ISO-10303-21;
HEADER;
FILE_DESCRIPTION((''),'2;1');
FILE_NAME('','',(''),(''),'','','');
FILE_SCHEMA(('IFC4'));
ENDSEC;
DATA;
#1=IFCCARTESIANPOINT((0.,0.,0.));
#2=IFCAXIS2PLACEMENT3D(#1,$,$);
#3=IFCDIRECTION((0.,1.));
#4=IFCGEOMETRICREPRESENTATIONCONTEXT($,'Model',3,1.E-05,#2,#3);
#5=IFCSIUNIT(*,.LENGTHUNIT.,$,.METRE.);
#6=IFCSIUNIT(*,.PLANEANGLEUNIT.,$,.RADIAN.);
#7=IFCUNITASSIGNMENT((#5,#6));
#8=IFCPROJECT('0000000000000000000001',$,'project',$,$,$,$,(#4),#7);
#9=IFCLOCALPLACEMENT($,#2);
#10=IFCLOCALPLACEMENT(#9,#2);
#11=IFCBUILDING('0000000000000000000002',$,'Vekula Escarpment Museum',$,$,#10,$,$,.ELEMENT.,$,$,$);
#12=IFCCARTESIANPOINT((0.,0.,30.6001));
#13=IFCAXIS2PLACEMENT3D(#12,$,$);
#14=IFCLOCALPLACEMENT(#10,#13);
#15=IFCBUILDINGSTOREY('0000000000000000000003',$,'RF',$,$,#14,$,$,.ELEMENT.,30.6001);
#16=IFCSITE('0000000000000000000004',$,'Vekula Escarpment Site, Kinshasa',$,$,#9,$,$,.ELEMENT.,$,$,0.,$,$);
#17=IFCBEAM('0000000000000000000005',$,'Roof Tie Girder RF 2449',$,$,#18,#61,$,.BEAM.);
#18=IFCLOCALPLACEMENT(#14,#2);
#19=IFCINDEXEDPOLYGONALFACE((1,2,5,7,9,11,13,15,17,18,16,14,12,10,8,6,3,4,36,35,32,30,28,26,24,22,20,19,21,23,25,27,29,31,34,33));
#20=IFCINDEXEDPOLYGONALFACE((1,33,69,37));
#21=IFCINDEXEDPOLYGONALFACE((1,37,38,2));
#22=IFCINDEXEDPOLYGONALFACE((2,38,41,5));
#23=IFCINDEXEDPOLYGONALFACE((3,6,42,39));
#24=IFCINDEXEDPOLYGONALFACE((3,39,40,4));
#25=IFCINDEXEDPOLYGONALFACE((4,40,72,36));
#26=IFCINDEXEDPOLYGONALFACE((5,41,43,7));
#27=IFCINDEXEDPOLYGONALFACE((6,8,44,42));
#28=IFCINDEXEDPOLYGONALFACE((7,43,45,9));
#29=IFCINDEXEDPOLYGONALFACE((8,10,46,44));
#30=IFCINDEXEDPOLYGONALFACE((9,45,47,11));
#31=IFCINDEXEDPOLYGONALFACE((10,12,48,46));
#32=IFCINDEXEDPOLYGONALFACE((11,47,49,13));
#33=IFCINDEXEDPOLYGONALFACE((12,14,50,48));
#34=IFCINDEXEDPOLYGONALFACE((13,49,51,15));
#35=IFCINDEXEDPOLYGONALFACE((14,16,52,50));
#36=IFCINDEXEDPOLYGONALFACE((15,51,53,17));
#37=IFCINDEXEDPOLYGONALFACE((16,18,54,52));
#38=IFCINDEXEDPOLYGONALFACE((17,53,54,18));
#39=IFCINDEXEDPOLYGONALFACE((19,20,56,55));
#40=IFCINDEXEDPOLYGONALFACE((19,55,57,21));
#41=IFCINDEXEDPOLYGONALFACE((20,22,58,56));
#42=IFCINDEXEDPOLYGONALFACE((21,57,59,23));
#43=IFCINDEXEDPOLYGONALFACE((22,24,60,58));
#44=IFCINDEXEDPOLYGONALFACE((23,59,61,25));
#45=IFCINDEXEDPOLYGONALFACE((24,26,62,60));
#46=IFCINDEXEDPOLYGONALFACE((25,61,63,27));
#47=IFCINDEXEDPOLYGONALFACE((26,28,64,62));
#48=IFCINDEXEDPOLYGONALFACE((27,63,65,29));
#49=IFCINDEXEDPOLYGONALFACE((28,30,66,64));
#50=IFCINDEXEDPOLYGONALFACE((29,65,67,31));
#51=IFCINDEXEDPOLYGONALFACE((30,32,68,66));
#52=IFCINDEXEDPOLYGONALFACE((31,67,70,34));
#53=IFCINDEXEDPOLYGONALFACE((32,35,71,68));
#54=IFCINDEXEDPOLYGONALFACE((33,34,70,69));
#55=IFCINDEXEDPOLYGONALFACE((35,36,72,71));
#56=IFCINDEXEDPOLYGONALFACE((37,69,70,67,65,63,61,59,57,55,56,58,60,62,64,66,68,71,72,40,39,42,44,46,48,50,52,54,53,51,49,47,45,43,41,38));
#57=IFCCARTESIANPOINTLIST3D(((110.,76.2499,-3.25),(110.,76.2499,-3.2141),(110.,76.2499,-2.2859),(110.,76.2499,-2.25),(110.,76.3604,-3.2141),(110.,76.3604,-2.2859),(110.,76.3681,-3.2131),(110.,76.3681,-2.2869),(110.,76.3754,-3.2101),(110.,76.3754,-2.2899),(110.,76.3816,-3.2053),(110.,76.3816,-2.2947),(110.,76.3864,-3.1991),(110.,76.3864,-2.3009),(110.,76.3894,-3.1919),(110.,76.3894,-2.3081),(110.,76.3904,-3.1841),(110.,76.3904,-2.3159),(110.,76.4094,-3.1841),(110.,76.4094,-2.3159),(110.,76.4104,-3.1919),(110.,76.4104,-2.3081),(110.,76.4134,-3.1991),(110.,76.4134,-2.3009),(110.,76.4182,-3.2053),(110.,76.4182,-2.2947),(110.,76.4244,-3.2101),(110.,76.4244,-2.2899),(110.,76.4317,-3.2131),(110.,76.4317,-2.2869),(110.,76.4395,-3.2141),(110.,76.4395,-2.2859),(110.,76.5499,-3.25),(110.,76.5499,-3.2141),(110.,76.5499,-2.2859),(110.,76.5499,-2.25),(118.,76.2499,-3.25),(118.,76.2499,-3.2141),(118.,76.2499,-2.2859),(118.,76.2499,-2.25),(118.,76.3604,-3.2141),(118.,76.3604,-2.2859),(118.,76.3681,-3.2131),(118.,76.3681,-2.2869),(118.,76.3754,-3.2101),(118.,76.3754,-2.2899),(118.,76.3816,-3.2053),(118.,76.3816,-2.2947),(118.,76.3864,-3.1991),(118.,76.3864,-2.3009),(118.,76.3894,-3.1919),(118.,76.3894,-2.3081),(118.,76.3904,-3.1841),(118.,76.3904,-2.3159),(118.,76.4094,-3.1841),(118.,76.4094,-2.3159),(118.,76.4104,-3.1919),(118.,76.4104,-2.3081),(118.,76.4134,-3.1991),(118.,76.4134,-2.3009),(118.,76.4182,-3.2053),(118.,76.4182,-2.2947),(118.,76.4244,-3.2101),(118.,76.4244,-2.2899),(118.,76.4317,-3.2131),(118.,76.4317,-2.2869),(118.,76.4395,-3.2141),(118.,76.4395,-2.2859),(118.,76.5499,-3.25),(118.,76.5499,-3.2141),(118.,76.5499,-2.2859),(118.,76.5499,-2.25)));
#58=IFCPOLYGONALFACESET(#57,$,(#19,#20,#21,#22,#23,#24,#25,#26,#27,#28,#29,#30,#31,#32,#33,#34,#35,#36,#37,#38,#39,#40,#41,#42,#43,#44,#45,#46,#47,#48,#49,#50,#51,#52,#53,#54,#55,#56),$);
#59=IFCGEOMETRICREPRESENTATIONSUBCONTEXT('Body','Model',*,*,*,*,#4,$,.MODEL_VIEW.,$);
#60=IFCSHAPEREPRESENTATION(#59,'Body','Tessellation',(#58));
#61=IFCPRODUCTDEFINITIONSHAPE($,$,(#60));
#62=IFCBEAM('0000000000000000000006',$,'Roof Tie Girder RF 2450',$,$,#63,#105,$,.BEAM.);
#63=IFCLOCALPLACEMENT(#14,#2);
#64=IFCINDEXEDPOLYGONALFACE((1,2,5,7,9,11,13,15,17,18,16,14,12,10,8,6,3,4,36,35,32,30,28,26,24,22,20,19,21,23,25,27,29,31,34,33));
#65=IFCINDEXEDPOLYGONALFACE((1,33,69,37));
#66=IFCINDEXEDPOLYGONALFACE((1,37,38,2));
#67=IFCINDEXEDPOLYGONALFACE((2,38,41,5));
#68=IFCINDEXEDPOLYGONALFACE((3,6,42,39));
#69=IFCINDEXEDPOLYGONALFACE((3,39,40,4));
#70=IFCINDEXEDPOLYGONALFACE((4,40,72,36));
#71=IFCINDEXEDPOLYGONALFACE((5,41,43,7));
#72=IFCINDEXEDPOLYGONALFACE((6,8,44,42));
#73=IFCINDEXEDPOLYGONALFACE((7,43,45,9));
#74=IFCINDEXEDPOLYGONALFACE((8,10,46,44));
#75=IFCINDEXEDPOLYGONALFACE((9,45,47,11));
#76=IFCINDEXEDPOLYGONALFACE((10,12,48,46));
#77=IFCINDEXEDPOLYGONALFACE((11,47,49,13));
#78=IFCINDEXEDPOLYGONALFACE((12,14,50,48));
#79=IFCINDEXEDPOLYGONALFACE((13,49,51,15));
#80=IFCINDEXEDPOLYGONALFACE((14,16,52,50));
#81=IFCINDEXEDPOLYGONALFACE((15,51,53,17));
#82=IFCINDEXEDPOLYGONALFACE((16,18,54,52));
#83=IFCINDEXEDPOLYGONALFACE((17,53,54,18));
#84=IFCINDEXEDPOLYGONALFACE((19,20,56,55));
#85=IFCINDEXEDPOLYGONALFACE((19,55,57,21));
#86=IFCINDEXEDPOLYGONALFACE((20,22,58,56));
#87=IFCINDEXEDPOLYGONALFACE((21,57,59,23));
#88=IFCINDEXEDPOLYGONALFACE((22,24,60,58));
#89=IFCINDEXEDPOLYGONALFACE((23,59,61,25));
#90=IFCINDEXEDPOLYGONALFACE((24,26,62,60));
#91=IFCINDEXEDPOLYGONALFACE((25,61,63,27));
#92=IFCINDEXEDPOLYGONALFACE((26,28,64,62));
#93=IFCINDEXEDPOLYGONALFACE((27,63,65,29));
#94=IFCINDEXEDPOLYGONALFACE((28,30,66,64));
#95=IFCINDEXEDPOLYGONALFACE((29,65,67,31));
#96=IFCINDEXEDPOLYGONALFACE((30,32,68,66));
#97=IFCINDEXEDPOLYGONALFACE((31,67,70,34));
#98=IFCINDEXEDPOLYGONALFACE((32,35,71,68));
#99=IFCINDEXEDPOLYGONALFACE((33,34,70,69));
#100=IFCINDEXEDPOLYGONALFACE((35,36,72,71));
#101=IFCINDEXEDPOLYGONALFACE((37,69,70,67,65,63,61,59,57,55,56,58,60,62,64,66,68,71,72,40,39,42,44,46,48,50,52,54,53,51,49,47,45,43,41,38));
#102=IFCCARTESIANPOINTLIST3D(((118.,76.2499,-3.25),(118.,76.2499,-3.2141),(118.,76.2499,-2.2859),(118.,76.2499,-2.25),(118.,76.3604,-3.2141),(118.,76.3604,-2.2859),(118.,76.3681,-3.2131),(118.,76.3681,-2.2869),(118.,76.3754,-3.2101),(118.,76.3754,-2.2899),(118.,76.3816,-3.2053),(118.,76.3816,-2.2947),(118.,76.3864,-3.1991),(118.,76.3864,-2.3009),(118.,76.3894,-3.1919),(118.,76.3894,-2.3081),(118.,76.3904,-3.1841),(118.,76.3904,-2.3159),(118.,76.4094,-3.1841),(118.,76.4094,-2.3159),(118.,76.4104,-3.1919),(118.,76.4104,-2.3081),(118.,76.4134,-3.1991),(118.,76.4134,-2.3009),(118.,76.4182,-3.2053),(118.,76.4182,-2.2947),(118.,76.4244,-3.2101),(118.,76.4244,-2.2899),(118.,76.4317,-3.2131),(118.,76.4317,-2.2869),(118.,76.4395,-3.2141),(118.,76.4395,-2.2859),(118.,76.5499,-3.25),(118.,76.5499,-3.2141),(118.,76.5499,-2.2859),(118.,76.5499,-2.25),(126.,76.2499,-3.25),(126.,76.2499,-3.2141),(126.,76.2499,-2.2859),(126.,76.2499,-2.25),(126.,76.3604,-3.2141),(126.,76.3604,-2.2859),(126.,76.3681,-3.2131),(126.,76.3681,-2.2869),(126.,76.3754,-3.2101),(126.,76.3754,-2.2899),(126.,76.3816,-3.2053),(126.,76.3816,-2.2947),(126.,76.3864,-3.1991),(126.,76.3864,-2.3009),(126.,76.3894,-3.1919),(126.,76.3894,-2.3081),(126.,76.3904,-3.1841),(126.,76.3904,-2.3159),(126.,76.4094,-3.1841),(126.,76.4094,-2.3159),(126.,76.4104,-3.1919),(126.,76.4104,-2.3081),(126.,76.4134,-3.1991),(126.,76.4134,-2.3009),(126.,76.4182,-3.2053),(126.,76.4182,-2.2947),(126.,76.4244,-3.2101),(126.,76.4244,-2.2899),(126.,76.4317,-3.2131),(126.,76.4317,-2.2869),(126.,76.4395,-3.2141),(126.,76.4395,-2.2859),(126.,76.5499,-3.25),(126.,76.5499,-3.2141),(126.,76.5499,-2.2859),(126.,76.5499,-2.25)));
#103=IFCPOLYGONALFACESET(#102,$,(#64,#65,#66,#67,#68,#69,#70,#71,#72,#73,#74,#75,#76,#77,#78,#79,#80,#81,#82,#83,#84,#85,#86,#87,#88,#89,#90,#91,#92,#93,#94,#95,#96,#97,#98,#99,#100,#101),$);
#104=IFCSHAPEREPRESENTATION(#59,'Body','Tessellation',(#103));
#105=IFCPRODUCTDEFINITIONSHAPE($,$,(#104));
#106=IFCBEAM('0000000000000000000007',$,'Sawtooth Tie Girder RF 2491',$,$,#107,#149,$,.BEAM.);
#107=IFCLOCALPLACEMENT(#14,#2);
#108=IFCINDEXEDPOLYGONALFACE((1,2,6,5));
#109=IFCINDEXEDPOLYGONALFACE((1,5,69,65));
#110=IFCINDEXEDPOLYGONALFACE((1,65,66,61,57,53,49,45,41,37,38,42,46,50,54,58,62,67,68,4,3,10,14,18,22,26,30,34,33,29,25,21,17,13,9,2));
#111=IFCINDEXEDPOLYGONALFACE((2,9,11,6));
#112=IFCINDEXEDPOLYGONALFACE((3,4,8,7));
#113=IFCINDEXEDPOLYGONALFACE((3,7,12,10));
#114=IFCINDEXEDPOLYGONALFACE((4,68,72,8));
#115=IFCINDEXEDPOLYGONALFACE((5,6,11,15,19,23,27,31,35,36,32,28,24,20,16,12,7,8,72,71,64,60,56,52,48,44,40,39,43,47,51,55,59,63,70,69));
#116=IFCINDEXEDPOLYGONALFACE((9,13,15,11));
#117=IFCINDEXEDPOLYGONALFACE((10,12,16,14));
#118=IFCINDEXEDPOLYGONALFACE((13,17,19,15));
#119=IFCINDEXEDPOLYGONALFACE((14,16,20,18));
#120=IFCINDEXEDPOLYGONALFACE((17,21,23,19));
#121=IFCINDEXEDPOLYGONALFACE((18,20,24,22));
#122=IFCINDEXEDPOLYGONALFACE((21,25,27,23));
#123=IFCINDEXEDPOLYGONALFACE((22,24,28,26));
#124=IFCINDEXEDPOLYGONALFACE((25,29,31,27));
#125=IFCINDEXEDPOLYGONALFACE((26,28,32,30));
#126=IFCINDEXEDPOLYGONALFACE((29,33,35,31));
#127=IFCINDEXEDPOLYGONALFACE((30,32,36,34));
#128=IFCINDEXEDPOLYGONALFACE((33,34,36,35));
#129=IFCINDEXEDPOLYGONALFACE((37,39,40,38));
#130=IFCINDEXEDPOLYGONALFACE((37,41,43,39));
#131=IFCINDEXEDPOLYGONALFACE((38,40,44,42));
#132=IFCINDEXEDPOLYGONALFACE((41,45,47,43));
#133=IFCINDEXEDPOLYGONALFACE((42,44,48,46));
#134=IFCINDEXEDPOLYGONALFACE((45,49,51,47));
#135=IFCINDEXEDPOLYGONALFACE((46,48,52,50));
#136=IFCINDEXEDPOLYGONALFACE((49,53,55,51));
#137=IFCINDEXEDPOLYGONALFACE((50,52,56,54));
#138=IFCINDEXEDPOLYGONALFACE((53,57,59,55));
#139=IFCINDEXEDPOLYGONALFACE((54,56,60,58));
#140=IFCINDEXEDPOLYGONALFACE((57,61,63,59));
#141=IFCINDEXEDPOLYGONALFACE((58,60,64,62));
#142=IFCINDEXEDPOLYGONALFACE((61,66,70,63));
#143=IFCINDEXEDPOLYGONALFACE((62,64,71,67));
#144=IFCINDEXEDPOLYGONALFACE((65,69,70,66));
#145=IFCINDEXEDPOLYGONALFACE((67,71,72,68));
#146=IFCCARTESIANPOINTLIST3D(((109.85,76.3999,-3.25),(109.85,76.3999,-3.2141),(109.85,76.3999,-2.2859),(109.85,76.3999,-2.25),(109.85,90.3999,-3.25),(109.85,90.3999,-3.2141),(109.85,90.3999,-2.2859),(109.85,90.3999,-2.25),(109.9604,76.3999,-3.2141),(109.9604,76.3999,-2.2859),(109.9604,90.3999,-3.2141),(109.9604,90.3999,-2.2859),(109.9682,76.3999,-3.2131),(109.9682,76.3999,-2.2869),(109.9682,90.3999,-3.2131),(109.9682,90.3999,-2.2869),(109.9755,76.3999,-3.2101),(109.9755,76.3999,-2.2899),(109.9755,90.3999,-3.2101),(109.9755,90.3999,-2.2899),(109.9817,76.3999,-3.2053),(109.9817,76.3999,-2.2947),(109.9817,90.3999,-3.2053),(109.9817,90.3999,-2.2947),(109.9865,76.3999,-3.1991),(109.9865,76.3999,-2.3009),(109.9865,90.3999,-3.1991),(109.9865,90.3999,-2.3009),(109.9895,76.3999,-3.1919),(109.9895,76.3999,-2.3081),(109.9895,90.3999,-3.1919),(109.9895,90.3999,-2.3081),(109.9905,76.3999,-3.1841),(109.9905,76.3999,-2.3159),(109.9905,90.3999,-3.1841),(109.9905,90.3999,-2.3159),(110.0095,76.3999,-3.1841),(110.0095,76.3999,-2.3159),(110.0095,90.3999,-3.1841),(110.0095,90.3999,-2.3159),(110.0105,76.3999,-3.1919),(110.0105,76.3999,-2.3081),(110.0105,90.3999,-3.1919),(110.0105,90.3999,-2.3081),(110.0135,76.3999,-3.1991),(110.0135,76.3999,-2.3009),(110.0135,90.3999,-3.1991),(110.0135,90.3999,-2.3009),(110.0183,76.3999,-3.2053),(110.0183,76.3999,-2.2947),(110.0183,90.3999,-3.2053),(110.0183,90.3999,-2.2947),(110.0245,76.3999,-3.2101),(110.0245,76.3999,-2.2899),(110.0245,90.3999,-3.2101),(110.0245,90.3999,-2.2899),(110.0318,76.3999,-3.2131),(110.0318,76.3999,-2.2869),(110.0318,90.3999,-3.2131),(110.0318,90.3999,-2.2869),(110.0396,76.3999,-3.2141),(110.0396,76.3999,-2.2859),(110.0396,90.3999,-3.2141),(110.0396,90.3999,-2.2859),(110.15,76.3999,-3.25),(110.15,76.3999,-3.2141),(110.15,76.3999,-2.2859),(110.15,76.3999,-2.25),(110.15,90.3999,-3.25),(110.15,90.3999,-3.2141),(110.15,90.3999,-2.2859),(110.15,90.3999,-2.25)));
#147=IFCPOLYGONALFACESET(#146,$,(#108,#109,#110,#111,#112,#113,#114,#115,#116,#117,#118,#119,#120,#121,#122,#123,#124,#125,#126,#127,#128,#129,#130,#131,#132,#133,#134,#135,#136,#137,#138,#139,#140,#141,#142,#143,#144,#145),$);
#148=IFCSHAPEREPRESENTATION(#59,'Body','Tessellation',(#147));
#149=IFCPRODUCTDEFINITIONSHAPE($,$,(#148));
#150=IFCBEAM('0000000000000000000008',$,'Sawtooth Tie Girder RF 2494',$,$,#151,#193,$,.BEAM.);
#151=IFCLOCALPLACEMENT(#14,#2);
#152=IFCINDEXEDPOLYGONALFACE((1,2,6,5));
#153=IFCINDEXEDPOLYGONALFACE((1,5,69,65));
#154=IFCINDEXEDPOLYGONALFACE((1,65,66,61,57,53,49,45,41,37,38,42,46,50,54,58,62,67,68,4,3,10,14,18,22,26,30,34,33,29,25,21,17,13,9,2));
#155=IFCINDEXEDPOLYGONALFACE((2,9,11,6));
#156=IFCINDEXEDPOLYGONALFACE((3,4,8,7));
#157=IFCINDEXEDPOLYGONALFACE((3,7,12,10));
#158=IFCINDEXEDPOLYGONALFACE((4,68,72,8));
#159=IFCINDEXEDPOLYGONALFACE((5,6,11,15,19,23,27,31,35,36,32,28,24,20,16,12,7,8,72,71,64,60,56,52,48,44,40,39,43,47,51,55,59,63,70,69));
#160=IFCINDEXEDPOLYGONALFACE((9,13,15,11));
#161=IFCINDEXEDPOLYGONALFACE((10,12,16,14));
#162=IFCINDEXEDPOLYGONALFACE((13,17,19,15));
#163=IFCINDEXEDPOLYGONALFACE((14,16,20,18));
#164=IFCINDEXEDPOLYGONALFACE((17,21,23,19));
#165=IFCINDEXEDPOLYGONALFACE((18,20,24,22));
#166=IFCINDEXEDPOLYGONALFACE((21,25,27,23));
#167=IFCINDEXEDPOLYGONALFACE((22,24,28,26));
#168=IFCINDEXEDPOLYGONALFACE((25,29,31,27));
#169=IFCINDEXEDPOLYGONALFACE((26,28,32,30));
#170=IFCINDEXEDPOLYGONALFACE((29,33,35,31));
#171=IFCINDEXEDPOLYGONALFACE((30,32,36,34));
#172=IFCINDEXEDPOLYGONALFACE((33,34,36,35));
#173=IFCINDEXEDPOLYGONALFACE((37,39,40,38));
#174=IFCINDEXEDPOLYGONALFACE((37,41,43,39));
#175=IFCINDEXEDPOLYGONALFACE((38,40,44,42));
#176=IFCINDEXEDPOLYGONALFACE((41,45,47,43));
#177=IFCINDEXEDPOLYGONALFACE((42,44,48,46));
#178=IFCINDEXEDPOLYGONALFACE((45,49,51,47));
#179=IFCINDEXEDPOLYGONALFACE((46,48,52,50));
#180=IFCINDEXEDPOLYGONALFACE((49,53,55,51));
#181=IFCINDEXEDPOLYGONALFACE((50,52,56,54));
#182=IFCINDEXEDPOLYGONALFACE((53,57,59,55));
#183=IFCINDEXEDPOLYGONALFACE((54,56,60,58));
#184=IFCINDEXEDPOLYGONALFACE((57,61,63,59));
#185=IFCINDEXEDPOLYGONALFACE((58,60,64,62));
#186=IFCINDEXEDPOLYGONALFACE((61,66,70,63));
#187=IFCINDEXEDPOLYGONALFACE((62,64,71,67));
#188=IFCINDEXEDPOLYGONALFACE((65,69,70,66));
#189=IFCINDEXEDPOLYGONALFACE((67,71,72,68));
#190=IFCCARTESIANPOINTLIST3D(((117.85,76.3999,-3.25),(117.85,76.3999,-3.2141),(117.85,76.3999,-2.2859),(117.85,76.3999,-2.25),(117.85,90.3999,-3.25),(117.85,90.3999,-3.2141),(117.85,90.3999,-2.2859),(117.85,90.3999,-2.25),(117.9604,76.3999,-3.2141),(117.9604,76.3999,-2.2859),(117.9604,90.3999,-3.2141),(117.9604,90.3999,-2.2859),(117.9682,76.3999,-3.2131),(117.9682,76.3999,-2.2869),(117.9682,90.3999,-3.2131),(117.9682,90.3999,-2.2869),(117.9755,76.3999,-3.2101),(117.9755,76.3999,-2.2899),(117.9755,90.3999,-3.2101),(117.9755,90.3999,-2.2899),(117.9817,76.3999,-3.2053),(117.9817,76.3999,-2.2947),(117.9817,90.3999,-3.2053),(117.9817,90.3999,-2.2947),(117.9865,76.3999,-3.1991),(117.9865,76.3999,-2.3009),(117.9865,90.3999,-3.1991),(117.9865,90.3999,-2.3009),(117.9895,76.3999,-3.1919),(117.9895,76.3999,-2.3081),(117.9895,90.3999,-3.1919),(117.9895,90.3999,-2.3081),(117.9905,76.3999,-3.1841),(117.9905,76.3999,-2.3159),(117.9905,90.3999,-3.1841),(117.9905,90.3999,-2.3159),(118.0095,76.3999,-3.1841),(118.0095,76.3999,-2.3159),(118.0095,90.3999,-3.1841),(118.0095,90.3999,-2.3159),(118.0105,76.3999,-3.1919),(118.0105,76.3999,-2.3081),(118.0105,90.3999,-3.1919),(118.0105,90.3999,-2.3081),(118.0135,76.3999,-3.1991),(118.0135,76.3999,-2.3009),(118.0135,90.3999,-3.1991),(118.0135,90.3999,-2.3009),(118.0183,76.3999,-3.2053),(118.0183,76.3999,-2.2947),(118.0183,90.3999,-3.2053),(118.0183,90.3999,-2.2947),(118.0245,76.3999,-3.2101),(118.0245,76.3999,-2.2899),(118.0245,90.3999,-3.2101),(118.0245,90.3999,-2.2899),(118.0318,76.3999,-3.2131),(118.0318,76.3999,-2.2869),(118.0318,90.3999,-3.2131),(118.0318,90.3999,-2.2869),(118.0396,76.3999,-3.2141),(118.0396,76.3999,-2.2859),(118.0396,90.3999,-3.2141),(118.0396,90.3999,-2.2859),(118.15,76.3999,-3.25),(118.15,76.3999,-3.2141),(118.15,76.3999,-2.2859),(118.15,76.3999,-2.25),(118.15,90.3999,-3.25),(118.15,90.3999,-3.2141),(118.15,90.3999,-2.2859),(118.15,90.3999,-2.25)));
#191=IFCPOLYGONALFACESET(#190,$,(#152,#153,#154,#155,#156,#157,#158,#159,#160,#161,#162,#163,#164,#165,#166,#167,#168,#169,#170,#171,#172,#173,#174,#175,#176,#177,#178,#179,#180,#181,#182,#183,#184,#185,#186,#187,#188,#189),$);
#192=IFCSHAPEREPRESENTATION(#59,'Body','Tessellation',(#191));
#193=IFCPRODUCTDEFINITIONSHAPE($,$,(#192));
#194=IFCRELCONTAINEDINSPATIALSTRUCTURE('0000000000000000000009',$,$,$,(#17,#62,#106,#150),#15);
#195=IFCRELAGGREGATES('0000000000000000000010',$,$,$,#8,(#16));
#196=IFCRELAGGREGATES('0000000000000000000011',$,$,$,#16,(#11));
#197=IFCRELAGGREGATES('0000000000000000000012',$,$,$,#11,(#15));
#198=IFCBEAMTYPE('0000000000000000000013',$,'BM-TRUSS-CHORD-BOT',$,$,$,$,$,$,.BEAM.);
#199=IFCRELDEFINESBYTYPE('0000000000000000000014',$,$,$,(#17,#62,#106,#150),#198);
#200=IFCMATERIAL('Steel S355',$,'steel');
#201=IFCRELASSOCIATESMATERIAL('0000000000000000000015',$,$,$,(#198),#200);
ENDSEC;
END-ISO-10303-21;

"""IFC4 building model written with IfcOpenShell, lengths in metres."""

from ifc_helpers import new_model, si_unit, direction, frame, origin, origin_2d, place, context, subcontext, project, spatial, i_section, extrude, material, material_profile, profile_set, type_object, element, save


model = new_model("IFC4")

# Units and contexts
model_context = context("Model", 3, precision=1e-05, world=origin(), true_north=direction((0.0, 1.0)))
body_context = subcontext(model_context, "Body", "Model", "MODEL_VIEW")
ifc_project = project(units=[si_unit("LENGTHUNIT", "METRE"), si_unit("PLANEANGLEUNIT", "RADIAN")], contexts=[model_context])

# Site, building, storey
site_placement = place(None, origin())
site = spatial("IfcSite", under=ifc_project, at=site_placement, Name="Vekula Escarpment Site, Kinshasa", CompositionType="ELEMENT", RefElevation=0.0)
building_placement = place(site_placement, origin())
building = spatial("IfcBuilding", under=site, at=building_placement, Name="Vekula Escarpment Museum", CompositionType="ELEMENT")
storey_placement = place(building_placement, frame((0.0, 0.0, 30.6001)))
storey = spatial("IfcBuildingStorey", under=building, at=storey_placement, Name="RF", CompositionType="ELEMENT", Elevation=30.6001)

# Beams
ifc_material_1 = material(Name="Steel S355", Category="steel")
ifc_material_profile_1 = material_profile(ifc_material_1, i_section(OverallWidth=0.3, OverallDepth=1.0, WebThickness=0.019, FlangeThickness=0.0359, FilletRadius=0.03, at=origin_2d()), Name="HEB 1000")
ifc_profile_set_1 = profile_set([ifc_material_profile_1], Name="Steel S355")
beam_type = type_object("IfcBeamType", Name="BM-TRUSS-CHORD-BOT", PredefinedType="BEAM", material=ifc_profile_set_1)
for number, where, z_axis, x_axis, name in (
    (1, (110.0, 76.3999, -2.75), (1.0, 0.0, 0.0), (0.0, 1.0, 0.0), "Roof Tie Girder RF 2449"),
    (2, (118.0, 76.3999, -2.75), (1.0, 0.0, 0.0), (0.0, 1.0, 0.0), "Roof Tie Girder RF 2450"),
):
    element("IfcBeam", number, at=place(storey_placement, frame(where, z_axis=z_axis, x_axis=x_axis)), inside=storey, type_object=beam_type, Name=name, PredefinedType="BEAM", context=body_context, shape_type="SweptSolid", body=[
        extrude(i_section(OverallWidth=0.3, OverallDepth=1.0, WebThickness=0.019, FlangeThickness=0.0359, FilletRadius=0.03, at=origin_2d()), origin(), (0.0, 0.0, 1.0), 8.0),
    ])
for number, where, z_axis, x_axis, name in (
    (3, (110.0, 76.3999, -2.75), (0.0, 1.0, 0.0), (-1.0, 0.0, 0.0), "Sawtooth Tie Girder RF 2491"),
    (4, (118.0, 76.3999, -2.75), (0.0, 1.0, 0.0), (-1.0, 0.0, 0.0), "Sawtooth Tie Girder RF 2494"),
):
    element("IfcBeam", number, at=place(storey_placement, frame(where, z_axis=z_axis, x_axis=x_axis)), inside=storey, type_object=beam_type, Name=name, PredefinedType="BEAM", context=body_context, shape_type="SweptSolid", body=[
        extrude(i_section(OverallWidth=0.3, OverallDepth=1.0, WebThickness=0.019, FlangeThickness=0.0359, FilletRadius=0.03, at=origin_2d()), origin(), (0.0, 0.0, 1.0), 14.0),
    ])

save(model, "model.ifc")
